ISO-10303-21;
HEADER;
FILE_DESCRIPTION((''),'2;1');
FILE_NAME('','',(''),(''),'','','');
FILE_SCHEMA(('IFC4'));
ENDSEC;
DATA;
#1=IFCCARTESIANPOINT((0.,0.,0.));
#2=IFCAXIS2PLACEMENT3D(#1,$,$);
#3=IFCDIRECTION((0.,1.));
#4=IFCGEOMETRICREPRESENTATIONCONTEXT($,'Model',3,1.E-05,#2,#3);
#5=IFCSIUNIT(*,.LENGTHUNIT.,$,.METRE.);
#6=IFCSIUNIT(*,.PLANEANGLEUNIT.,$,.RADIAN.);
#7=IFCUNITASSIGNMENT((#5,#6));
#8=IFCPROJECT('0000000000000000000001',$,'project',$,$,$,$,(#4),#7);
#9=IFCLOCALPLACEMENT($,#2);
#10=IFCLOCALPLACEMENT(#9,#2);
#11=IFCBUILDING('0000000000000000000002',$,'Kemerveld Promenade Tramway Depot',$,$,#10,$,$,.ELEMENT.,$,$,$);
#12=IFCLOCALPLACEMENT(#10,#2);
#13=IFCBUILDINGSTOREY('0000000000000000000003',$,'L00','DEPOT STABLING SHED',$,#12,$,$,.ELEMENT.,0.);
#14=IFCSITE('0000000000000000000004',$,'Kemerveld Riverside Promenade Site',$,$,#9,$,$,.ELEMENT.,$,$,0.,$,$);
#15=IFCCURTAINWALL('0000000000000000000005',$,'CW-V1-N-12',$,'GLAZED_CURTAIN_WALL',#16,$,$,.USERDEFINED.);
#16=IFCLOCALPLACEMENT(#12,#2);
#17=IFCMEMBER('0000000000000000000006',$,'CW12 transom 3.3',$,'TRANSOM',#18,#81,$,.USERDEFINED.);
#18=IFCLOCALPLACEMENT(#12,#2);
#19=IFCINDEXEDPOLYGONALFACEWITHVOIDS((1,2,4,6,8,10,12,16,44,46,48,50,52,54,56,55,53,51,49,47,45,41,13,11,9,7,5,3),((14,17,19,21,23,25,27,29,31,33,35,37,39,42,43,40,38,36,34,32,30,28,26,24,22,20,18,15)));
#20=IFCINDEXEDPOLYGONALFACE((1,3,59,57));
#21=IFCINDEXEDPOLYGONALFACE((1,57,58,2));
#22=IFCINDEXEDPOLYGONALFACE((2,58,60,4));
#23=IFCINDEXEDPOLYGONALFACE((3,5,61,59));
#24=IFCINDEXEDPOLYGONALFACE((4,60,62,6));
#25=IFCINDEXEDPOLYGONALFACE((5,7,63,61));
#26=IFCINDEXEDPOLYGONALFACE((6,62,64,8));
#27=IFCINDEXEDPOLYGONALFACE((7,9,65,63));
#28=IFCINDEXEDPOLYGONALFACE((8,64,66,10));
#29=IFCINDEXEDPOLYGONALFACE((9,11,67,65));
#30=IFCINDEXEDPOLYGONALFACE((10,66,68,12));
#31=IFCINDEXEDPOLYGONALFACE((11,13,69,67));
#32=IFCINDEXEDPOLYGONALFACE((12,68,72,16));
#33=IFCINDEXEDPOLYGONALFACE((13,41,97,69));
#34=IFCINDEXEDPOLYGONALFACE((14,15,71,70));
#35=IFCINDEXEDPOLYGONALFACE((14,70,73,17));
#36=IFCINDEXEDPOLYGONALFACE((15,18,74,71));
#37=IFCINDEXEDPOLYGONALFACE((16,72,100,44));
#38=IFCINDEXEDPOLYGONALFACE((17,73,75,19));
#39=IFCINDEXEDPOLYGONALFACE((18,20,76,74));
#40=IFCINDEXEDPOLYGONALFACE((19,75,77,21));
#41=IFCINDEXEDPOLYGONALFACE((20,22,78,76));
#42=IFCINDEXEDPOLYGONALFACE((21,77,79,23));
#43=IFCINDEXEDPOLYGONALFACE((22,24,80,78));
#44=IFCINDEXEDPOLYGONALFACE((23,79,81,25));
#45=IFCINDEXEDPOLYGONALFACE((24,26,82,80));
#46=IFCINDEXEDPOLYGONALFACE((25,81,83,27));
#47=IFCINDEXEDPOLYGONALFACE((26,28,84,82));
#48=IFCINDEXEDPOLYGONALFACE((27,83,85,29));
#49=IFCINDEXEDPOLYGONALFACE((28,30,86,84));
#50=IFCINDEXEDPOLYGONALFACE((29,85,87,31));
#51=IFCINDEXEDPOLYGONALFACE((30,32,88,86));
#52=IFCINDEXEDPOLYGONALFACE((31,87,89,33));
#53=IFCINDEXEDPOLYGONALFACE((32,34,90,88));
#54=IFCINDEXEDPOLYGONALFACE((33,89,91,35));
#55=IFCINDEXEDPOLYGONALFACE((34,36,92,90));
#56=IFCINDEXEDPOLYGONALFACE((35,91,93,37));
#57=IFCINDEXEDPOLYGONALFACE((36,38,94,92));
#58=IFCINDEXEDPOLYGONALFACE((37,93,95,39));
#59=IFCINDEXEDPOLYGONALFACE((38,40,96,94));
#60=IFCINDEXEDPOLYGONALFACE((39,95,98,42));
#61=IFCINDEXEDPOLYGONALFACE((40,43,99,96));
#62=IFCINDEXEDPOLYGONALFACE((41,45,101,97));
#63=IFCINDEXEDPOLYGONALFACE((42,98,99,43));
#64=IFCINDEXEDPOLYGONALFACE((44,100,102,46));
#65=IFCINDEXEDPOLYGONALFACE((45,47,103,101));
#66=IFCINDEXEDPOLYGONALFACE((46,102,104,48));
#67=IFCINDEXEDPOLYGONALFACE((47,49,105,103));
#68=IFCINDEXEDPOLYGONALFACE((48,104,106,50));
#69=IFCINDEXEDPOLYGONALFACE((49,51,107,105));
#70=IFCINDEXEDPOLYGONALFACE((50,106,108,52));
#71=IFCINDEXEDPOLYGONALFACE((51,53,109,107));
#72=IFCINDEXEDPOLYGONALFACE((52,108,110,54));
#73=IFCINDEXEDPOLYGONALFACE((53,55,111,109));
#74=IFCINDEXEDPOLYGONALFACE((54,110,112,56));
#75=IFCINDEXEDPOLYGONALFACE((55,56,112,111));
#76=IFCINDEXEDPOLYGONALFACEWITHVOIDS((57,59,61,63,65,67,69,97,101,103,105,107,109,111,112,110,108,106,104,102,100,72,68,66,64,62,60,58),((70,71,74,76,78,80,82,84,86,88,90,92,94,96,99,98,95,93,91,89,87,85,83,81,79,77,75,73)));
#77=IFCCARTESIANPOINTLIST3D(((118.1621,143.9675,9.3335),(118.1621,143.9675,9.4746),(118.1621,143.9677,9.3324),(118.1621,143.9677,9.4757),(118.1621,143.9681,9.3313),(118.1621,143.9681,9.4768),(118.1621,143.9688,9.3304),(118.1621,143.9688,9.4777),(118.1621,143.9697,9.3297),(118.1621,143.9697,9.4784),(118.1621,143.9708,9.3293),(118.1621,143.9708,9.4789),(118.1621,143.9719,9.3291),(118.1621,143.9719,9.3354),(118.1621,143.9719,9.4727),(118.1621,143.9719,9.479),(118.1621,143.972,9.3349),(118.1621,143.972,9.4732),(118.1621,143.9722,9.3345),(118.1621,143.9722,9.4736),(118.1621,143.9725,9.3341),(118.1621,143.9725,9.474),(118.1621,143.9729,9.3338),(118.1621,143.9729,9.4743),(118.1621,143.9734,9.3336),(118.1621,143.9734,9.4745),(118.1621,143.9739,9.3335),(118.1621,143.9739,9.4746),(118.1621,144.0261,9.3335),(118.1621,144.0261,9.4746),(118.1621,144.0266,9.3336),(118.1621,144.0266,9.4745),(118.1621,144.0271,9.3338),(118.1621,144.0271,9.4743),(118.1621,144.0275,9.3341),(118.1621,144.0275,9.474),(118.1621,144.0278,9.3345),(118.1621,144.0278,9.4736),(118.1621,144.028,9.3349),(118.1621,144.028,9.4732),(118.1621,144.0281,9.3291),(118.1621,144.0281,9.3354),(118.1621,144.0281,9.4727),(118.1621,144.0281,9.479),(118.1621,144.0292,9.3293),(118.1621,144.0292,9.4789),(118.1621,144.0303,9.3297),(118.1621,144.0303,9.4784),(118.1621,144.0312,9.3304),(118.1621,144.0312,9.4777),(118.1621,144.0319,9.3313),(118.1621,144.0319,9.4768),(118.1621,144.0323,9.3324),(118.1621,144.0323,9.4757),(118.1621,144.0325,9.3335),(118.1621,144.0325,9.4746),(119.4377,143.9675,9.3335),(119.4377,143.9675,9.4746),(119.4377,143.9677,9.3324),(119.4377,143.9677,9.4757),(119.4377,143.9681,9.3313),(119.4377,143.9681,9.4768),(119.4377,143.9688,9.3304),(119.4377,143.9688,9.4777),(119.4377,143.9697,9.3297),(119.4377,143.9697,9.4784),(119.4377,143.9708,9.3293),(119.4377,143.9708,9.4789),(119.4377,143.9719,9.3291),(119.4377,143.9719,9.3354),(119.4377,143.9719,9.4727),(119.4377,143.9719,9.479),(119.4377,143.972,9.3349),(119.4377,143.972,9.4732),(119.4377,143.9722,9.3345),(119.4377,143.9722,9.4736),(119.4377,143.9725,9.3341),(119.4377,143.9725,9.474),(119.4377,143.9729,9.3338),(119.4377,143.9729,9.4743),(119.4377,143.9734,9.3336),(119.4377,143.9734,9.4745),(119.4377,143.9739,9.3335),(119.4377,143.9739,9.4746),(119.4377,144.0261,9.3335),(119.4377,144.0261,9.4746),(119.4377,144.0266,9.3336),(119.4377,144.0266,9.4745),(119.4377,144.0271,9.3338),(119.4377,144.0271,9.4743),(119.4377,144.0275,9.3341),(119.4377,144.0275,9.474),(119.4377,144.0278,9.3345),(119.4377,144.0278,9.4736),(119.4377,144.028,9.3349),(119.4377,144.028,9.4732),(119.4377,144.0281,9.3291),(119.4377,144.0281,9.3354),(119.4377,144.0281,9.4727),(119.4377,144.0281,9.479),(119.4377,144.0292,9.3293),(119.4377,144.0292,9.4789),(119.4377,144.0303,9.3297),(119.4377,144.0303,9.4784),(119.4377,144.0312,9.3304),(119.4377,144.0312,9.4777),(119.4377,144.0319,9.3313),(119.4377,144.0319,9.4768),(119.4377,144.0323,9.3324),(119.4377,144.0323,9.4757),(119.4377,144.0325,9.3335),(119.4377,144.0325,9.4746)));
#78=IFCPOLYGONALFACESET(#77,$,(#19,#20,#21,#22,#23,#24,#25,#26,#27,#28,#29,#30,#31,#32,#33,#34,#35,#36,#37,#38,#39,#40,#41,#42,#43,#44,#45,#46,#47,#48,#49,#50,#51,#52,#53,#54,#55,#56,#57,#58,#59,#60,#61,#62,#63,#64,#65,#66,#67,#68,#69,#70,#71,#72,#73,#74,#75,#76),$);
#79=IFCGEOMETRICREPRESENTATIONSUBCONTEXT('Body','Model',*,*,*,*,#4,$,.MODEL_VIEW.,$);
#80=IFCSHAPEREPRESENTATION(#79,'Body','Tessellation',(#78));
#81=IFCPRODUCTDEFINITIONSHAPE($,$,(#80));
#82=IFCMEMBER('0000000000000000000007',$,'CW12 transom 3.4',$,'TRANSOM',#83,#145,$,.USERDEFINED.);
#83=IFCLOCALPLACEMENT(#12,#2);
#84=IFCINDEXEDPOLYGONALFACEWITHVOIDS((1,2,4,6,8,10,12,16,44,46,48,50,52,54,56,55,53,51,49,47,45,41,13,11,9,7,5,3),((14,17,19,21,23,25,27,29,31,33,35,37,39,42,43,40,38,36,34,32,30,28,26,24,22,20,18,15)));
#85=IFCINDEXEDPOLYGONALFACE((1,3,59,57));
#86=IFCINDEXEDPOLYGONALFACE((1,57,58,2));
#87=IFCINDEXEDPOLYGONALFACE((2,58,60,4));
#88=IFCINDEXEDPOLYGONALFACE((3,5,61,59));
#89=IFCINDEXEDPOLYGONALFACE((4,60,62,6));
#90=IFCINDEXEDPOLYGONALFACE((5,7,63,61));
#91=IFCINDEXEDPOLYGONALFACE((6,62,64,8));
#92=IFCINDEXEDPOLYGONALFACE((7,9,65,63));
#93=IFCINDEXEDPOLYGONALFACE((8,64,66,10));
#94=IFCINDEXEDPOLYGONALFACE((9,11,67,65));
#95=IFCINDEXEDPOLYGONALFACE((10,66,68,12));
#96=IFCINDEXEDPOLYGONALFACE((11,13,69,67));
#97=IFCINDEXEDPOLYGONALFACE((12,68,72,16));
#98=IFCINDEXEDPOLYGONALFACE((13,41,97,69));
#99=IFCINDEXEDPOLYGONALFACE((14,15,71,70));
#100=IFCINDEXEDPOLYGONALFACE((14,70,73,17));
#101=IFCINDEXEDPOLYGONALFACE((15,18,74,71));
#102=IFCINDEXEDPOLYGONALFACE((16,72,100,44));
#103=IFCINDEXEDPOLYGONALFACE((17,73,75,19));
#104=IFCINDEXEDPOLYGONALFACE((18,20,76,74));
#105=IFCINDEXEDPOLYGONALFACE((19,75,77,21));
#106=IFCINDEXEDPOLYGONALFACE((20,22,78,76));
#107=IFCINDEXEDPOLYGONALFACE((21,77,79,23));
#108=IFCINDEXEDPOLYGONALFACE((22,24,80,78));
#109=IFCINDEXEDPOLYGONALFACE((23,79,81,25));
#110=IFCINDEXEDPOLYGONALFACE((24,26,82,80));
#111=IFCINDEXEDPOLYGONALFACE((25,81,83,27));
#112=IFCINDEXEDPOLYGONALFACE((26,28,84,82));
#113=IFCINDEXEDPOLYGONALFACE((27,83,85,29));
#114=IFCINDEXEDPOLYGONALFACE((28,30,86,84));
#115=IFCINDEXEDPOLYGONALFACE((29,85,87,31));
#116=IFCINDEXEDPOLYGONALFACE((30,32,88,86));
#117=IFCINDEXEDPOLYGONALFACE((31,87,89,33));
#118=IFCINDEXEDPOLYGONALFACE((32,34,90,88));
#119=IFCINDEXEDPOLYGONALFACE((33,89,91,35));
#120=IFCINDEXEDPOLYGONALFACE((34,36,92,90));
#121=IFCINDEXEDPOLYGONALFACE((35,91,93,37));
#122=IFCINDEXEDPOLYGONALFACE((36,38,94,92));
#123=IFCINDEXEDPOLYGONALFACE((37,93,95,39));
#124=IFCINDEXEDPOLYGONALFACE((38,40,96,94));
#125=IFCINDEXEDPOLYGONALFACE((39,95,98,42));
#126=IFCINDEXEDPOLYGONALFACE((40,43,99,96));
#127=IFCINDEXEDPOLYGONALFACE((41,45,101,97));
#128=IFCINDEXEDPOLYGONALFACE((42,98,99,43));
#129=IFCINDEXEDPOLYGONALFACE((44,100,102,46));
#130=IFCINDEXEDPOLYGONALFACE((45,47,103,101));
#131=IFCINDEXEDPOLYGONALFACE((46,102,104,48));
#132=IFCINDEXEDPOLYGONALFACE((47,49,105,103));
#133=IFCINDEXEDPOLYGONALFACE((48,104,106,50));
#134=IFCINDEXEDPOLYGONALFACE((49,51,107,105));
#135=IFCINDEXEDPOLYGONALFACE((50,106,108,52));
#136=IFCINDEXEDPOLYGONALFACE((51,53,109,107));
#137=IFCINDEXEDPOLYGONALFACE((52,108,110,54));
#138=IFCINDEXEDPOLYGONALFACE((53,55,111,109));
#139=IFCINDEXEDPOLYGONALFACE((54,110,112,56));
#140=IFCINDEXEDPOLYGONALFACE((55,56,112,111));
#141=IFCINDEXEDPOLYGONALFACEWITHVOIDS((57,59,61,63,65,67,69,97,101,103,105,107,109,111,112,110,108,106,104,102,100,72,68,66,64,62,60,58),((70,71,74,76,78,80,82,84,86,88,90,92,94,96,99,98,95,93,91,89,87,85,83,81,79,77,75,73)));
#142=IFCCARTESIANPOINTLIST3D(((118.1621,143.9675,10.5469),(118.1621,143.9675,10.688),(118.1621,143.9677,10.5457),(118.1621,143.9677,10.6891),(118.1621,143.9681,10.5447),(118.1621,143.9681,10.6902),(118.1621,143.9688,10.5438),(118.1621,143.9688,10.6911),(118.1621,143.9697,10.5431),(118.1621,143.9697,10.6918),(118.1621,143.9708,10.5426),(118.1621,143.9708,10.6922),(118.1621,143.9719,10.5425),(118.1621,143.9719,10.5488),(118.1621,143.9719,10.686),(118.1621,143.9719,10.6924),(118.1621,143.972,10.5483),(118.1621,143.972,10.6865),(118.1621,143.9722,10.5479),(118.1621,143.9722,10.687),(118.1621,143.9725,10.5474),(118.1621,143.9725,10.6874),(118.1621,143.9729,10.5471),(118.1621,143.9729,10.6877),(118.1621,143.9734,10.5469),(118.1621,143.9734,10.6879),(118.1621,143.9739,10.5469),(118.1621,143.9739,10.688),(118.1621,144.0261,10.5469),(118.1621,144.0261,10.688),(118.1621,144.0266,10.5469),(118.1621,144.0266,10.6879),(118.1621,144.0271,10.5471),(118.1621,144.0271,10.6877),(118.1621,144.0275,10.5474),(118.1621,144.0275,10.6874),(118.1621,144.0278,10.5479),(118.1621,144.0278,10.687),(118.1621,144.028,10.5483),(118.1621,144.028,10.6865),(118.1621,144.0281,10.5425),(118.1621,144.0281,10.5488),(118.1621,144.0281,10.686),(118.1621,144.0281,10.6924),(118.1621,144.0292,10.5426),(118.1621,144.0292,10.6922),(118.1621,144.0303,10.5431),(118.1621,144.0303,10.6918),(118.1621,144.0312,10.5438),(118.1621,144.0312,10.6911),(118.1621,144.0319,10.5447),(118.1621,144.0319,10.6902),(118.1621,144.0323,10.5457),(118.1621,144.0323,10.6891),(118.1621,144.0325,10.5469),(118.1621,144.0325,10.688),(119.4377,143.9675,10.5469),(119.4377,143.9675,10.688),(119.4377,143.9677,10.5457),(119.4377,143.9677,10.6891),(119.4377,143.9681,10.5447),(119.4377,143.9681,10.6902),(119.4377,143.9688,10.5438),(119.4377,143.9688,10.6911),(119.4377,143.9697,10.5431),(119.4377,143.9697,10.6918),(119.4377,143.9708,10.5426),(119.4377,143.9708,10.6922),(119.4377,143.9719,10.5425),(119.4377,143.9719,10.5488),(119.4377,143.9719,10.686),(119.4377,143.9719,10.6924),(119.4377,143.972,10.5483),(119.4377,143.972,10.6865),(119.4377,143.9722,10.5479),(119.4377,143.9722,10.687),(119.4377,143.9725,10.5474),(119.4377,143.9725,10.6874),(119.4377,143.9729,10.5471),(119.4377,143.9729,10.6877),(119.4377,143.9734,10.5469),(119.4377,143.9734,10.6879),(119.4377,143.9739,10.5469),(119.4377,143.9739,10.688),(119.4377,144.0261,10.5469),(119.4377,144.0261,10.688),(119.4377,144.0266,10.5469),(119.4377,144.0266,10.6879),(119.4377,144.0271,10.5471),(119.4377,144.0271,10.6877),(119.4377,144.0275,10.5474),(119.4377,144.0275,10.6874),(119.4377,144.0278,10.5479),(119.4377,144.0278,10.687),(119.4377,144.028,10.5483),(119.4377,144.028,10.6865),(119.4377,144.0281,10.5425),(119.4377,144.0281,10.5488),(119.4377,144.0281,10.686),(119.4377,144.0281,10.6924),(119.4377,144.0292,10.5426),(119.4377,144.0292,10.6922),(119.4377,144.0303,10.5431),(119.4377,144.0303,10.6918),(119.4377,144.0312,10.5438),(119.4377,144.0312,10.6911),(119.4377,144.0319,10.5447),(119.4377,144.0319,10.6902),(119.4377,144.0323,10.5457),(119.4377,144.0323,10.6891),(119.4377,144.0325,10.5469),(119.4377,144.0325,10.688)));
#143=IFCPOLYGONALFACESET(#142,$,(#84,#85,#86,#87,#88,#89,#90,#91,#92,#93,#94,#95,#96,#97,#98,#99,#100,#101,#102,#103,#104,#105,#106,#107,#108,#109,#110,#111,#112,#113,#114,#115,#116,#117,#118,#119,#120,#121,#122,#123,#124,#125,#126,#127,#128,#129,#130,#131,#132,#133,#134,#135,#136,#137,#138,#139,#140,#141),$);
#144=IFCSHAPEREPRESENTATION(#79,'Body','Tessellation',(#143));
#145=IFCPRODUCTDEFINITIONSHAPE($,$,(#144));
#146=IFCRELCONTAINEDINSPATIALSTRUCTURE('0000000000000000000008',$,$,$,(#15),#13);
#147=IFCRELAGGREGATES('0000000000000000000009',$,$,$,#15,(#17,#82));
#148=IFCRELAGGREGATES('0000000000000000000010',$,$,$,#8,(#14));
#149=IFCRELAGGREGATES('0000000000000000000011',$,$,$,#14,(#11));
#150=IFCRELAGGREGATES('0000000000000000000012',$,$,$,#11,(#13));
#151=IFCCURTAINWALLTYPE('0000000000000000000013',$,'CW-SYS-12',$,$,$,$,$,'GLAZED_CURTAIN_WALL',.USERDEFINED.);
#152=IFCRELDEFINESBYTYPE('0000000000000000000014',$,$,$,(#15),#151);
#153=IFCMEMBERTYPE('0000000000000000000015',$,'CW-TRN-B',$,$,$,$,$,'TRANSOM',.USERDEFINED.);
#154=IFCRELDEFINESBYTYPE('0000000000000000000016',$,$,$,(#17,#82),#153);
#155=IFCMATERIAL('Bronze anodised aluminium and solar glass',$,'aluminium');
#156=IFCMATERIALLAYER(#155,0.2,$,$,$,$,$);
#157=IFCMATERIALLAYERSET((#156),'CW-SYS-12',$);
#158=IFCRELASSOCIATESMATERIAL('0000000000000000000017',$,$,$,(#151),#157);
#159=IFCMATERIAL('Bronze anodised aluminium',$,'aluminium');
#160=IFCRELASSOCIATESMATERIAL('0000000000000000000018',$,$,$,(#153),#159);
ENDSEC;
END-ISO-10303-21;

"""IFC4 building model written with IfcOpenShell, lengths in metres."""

from ifc_helpers import new_model, si_unit, direction, frame, origin, origin_2d, place, context, subcontext, project, spatial, hollow_rectangle, extrude, material, layer, layer_set, material_profile, profile_set, type_object, element, aggregate, save


model = new_model("IFC4")

# Units and contexts
model_context = context("Model", 3, precision=1e-05, world=origin(), true_north=direction((0.0, 1.0)))
body_context = subcontext(model_context, "Body", "Model", "MODEL_VIEW")
ifc_project = project(units=[si_unit("LENGTHUNIT", "METRE"), si_unit("PLANEANGLEUNIT", "RADIAN")], contexts=[model_context])

# Site, building, storey
site_placement = place(None, origin())
site = spatial("IfcSite", under=ifc_project, at=site_placement, Name="Kemerveld Riverside Promenade Site", CompositionType="ELEMENT", RefElevation=0.0)
building_placement = place(site_placement, origin())
building = spatial("IfcBuilding", under=site, at=building_placement, Name="Kemerveld Promenade Tramway Depot", CompositionType="ELEMENT")
storey_placement = place(building_placement, origin())
storey = spatial("IfcBuildingStorey", under=building, at=storey_placement, Name="L00", Description="DEPOT STABLING SHED", CompositionType="ELEMENT", Elevation=0.0)

# Curtain wall, members
ifc_material_1 = material(Name="Bronze anodised aluminium and solar glass", Category="aluminium")
ifc_layer_1 = layer(ifc_material_1, 0.2)
ifc_layer_set_1 = layer_set([ifc_layer_1], Name="CW-SYS-12")
curtain_wall_type_1 = type_object("IfcCurtainWallType", Name="CW-SYS-12", ElementType="GLAZED_CURTAIN_WALL", PredefinedType="USERDEFINED", material=ifc_layer_set_1)
curtain_wall_1_placement = place(storey_placement, origin())
curtain_wall_1 = element("IfcCurtainWall", 1, at=curtain_wall_1_placement, inside=storey, type_object=curtain_wall_type_1, Name="CW-V1-N-12", ObjectType="GLAZED_CURTAIN_WALL", PredefinedType="USERDEFINED")
ifc_material_2 = material(Name="Bronze anodised aluminium", Category="aluminium")
ifc_material_profile_1 = material_profile(ifc_material_2, hollow_rectangle(XDim=0.0649, YDim=0.1499, WallThickness=0.0044, InnerFilletRadius=0.002, OuterFilletRadius=0.0044, at=origin_2d()), Name="CW-TRN-150x65")
ifc_profile_set_1 = profile_set([ifc_material_profile_1], Name="Bronze anodised aluminium")
member_type_1 = type_object("IfcMemberType", Name="CW-TRN-B", ElementType="TRANSOM", PredefinedType="USERDEFINED", material=ifc_profile_set_1)
member_1_placement = place(storey_placement, frame((118.1621, 144.0, 9.4041), z_axis=(1.0, 0.0, 0.0), x_axis=(0.0, 1.0, 0.0)))
member_1 = element("IfcMember", 2, at=member_1_placement, type_object=member_type_1, Name="CW12 transom 3.3", ObjectType="TRANSOM", PredefinedType="USERDEFINED", context=body_context, shape_type="SweptSolid", body=[
    extrude(hollow_rectangle(XDim=0.0649, YDim=0.1499, WallThickness=0.0044, InnerFilletRadius=0.002, OuterFilletRadius=0.0044, at=origin_2d()), origin(), (0.0, 0.0, 1.0), 1.2756),
])
member_2_placement = place(storey_placement, frame((118.1621, 144.0, 10.6174), z_axis=(1.0, 0.0, 0.0), x_axis=(0.0, 1.0, 0.0)))
member_2 = element("IfcMember", 3, at=member_2_placement, type_object=member_type_1, Name="CW12 transom 3.4", ObjectType="TRANSOM", PredefinedType="USERDEFINED", context=body_context, shape_type="SweptSolid", body=[
    extrude(hollow_rectangle(XDim=0.0649, YDim=0.1499, WallThickness=0.0044, InnerFilletRadius=0.002, OuterFilletRadius=0.0044, at=origin_2d()), origin(), (0.0, 0.0, 1.0), 1.2756),
])

aggregate(curtain_wall_1, [member_1, member_2])

save(model, "model.ifc")
